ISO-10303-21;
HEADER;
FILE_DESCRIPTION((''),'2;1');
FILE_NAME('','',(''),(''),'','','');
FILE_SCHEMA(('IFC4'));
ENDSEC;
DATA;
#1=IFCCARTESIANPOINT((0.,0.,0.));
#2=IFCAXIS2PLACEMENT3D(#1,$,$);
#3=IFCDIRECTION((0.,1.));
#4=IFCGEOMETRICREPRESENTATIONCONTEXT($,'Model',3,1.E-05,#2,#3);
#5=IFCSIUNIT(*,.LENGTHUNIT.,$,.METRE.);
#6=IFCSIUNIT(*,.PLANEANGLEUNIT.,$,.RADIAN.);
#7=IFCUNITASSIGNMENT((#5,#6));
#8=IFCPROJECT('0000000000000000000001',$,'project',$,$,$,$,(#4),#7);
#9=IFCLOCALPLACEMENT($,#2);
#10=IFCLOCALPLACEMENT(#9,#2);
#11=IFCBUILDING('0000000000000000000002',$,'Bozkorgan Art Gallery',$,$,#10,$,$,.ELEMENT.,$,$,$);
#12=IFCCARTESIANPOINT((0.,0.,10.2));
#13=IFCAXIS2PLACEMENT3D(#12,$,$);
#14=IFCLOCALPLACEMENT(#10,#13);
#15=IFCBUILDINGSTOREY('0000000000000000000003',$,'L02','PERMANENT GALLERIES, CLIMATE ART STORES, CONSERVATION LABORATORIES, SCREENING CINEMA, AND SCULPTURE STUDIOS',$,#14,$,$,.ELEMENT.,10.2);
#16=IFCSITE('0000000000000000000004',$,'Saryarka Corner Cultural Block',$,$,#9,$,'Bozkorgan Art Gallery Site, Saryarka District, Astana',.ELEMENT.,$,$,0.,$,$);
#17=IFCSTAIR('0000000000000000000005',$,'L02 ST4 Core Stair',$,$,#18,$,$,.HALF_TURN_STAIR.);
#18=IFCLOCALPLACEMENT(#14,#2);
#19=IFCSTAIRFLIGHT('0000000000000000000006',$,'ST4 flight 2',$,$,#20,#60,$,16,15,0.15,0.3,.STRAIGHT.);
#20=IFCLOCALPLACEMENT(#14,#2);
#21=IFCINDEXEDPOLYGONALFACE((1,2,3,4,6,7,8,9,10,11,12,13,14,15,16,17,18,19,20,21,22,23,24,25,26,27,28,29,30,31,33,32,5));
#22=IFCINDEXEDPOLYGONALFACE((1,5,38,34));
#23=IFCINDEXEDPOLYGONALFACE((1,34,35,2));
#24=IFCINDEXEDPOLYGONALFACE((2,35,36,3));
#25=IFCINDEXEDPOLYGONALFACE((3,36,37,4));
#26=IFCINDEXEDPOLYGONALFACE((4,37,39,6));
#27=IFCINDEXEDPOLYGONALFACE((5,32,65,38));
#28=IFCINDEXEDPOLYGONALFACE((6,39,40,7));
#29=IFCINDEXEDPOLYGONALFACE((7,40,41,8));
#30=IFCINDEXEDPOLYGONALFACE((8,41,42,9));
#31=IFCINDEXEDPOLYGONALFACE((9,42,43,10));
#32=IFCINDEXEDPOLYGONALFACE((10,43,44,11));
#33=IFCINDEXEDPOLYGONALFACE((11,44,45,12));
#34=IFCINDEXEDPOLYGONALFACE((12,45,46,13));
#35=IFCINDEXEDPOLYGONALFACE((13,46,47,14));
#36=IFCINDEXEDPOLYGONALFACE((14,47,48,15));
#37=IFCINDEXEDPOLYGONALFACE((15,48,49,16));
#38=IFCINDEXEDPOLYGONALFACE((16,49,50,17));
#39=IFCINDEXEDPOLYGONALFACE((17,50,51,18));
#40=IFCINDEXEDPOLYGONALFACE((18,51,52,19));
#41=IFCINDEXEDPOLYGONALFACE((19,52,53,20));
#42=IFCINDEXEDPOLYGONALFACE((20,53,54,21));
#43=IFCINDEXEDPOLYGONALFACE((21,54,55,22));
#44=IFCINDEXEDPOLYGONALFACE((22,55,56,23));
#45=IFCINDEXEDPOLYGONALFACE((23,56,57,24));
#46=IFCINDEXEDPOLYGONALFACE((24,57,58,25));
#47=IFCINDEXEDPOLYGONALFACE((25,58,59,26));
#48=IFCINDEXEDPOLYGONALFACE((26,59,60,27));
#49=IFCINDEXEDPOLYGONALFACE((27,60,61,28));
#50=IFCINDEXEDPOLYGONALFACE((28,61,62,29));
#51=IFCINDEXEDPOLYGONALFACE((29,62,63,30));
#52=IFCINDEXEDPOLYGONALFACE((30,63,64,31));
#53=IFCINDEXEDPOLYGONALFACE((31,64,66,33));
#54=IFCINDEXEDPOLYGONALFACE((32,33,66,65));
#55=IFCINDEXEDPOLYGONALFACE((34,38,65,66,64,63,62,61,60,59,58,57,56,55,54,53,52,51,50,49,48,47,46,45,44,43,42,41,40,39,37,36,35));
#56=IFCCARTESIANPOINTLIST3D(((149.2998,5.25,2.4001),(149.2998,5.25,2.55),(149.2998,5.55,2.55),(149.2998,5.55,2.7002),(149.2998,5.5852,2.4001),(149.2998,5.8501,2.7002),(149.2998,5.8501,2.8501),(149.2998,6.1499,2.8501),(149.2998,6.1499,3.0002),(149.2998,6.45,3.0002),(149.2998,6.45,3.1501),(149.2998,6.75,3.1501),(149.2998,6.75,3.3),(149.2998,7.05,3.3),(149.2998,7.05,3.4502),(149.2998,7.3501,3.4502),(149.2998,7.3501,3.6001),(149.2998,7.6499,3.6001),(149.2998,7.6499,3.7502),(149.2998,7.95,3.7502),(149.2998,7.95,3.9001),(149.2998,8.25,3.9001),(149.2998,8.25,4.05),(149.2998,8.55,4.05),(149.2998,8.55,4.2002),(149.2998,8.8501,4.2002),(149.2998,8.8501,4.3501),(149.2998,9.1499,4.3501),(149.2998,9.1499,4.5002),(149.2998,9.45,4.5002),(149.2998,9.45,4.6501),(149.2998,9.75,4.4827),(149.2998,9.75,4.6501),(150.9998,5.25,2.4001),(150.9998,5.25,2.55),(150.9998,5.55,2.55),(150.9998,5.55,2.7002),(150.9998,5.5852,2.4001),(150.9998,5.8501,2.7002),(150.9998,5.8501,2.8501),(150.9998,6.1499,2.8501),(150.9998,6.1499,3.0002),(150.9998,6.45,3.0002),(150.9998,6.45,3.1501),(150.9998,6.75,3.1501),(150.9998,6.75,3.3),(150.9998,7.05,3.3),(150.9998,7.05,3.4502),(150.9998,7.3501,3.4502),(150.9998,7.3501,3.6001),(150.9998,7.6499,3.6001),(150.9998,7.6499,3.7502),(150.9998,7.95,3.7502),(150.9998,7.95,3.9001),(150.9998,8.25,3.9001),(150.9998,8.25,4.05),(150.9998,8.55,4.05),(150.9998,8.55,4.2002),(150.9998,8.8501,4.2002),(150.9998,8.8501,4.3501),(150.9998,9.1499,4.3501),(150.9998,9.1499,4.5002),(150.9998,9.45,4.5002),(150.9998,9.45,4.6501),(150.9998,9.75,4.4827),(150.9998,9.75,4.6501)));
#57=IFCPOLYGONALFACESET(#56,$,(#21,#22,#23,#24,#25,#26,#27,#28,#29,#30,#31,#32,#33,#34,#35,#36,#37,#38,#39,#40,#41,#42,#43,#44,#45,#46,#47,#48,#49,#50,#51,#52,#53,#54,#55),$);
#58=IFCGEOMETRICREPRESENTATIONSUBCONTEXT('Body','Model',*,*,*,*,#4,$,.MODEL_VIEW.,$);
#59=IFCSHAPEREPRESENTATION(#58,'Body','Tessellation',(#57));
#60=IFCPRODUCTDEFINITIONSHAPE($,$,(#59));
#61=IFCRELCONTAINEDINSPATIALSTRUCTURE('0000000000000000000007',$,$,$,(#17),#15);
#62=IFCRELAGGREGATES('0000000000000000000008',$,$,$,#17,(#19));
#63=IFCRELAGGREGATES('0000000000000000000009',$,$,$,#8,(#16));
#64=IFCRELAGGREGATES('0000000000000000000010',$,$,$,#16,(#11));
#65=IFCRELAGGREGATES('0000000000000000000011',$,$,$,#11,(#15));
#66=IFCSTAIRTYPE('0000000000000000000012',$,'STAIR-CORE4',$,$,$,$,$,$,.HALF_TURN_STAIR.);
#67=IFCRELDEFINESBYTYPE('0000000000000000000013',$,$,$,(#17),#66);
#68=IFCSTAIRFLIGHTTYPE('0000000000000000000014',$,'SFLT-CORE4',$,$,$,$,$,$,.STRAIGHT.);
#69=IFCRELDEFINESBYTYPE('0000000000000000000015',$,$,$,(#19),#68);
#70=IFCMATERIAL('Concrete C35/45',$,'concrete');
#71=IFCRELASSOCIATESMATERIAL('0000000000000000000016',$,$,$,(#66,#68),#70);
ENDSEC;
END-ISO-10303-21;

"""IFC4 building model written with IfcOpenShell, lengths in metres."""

from ifc_helpers import new_model, si_unit, direction, frame, origin, place, context, subcontext, project, spatial, polyline, outline, extrude, material, type_object, element, aggregate, save


model = new_model("IFC4")

# Units and contexts
model_context = context("Model", 3, precision=1e-05, world=origin(), true_north=direction((0.0, 1.0)))
body_context = subcontext(model_context, "Body", "Model", "MODEL_VIEW")
ifc_project = project(units=[si_unit("LENGTHUNIT", "METRE"), si_unit("PLANEANGLEUNIT", "RADIAN")], contexts=[model_context])

# Site, building, storey
site_placement = place(None, origin())
site = spatial("IfcSite", under=ifc_project, at=site_placement, Name="Saryarka Corner Cultural Block", LongName="Bozkorgan Art Gallery Site, Saryarka District, Astana", CompositionType="ELEMENT", RefElevation=0.0)
building_placement = place(site_placement, origin())
building = spatial("IfcBuilding", under=site, at=building_placement, Name="Bozkorgan Art Gallery", CompositionType="ELEMENT")
storey_placement = place(building_placement, frame((0.0, 0.0, 10.2)))
storey = spatial("IfcBuildingStorey", under=building, at=storey_placement, Name="L02", Description="PERMANENT GALLERIES, CLIMATE ART STORES, CONSERVATION LABORATORIES, SCREENING CINEMA, AND SCULPTURE STUDIOS", CompositionType="ELEMENT", Elevation=10.2)

# Stair, stair flight
ifc_material_1 = material(Name="Concrete C35/45", Category="concrete")
stair_type = type_object("IfcStairType", Name="STAIR-CORE4", PredefinedType="HALF_TURN_STAIR", material=ifc_material_1)
stair_placement = place(storey_placement, origin())
stair = element("IfcStair", 1, at=stair_placement, inside=storey, type_object=stair_type, Name="L02 ST4 Core Stair", PredefinedType="HALF_TURN_STAIR")
stair_flight_type = type_object("IfcStairFlightType", Name="SFLT-CORE4", PredefinedType="STRAIGHT", material=ifc_material_1)
stair_flight_1_placement = place(storey_placement, frame((150.1499, 5.25, 2.4001), z_axis=(0.0, 0.0, 1.0), x_axis=(0.0, 1.0, 0.0)))
stair_flight_1 = element("IfcStairFlight", 2, at=stair_flight_1_placement, type_object=stair_flight_type, Name="ST4 flight 2", NumberOfRisers=16, NumberOfTreads=15, PredefinedType="STRAIGHT", RiserHeight=0.15, TreadLength=0.3, context=body_context, shape_type="SweptSolid", body=[
    extrude(outline(polyline([(0.0, 0.0), (0.0, 0.1499), (0.3, 0.1499), (0.3, 0.3), (0.6001, 0.3), (0.6001, 0.45), (0.8999, 0.45), (0.8999, 0.6001), (1.2, 0.6001), (1.2, 0.75), (1.5, 0.75), (1.5, 0.8999), (1.8, 0.8999), (1.8, 1.05), (2.1001, 1.05), (2.1001, 1.2), (2.3999, 1.2), (2.3999, 1.3501), (2.7, 1.3501), (2.7, 1.5), (3.0, 1.5), (3.0, 1.6499), (3.3, 1.6499), (3.3, 1.8), (3.6001, 1.8), (3.6001, 1.95), (3.8999, 1.95), (3.8999, 2.1001), (4.2, 2.1001), (4.2, 2.25), (4.5, 2.25), (4.5, 2.3999), (4.5, 2.0825), (0.3352, 0.0), (0.0, 0.0)])), frame((0.0, 0.8501, 0.0), z_axis=(0.0, -1.0, 0.0), x_axis=(1.0, 0.0, 0.0)), (0.0, 0.0, 1.0), 1.7),
])
aggregate(stair, [stair_flight_1])

save(model, "model.ifc")
